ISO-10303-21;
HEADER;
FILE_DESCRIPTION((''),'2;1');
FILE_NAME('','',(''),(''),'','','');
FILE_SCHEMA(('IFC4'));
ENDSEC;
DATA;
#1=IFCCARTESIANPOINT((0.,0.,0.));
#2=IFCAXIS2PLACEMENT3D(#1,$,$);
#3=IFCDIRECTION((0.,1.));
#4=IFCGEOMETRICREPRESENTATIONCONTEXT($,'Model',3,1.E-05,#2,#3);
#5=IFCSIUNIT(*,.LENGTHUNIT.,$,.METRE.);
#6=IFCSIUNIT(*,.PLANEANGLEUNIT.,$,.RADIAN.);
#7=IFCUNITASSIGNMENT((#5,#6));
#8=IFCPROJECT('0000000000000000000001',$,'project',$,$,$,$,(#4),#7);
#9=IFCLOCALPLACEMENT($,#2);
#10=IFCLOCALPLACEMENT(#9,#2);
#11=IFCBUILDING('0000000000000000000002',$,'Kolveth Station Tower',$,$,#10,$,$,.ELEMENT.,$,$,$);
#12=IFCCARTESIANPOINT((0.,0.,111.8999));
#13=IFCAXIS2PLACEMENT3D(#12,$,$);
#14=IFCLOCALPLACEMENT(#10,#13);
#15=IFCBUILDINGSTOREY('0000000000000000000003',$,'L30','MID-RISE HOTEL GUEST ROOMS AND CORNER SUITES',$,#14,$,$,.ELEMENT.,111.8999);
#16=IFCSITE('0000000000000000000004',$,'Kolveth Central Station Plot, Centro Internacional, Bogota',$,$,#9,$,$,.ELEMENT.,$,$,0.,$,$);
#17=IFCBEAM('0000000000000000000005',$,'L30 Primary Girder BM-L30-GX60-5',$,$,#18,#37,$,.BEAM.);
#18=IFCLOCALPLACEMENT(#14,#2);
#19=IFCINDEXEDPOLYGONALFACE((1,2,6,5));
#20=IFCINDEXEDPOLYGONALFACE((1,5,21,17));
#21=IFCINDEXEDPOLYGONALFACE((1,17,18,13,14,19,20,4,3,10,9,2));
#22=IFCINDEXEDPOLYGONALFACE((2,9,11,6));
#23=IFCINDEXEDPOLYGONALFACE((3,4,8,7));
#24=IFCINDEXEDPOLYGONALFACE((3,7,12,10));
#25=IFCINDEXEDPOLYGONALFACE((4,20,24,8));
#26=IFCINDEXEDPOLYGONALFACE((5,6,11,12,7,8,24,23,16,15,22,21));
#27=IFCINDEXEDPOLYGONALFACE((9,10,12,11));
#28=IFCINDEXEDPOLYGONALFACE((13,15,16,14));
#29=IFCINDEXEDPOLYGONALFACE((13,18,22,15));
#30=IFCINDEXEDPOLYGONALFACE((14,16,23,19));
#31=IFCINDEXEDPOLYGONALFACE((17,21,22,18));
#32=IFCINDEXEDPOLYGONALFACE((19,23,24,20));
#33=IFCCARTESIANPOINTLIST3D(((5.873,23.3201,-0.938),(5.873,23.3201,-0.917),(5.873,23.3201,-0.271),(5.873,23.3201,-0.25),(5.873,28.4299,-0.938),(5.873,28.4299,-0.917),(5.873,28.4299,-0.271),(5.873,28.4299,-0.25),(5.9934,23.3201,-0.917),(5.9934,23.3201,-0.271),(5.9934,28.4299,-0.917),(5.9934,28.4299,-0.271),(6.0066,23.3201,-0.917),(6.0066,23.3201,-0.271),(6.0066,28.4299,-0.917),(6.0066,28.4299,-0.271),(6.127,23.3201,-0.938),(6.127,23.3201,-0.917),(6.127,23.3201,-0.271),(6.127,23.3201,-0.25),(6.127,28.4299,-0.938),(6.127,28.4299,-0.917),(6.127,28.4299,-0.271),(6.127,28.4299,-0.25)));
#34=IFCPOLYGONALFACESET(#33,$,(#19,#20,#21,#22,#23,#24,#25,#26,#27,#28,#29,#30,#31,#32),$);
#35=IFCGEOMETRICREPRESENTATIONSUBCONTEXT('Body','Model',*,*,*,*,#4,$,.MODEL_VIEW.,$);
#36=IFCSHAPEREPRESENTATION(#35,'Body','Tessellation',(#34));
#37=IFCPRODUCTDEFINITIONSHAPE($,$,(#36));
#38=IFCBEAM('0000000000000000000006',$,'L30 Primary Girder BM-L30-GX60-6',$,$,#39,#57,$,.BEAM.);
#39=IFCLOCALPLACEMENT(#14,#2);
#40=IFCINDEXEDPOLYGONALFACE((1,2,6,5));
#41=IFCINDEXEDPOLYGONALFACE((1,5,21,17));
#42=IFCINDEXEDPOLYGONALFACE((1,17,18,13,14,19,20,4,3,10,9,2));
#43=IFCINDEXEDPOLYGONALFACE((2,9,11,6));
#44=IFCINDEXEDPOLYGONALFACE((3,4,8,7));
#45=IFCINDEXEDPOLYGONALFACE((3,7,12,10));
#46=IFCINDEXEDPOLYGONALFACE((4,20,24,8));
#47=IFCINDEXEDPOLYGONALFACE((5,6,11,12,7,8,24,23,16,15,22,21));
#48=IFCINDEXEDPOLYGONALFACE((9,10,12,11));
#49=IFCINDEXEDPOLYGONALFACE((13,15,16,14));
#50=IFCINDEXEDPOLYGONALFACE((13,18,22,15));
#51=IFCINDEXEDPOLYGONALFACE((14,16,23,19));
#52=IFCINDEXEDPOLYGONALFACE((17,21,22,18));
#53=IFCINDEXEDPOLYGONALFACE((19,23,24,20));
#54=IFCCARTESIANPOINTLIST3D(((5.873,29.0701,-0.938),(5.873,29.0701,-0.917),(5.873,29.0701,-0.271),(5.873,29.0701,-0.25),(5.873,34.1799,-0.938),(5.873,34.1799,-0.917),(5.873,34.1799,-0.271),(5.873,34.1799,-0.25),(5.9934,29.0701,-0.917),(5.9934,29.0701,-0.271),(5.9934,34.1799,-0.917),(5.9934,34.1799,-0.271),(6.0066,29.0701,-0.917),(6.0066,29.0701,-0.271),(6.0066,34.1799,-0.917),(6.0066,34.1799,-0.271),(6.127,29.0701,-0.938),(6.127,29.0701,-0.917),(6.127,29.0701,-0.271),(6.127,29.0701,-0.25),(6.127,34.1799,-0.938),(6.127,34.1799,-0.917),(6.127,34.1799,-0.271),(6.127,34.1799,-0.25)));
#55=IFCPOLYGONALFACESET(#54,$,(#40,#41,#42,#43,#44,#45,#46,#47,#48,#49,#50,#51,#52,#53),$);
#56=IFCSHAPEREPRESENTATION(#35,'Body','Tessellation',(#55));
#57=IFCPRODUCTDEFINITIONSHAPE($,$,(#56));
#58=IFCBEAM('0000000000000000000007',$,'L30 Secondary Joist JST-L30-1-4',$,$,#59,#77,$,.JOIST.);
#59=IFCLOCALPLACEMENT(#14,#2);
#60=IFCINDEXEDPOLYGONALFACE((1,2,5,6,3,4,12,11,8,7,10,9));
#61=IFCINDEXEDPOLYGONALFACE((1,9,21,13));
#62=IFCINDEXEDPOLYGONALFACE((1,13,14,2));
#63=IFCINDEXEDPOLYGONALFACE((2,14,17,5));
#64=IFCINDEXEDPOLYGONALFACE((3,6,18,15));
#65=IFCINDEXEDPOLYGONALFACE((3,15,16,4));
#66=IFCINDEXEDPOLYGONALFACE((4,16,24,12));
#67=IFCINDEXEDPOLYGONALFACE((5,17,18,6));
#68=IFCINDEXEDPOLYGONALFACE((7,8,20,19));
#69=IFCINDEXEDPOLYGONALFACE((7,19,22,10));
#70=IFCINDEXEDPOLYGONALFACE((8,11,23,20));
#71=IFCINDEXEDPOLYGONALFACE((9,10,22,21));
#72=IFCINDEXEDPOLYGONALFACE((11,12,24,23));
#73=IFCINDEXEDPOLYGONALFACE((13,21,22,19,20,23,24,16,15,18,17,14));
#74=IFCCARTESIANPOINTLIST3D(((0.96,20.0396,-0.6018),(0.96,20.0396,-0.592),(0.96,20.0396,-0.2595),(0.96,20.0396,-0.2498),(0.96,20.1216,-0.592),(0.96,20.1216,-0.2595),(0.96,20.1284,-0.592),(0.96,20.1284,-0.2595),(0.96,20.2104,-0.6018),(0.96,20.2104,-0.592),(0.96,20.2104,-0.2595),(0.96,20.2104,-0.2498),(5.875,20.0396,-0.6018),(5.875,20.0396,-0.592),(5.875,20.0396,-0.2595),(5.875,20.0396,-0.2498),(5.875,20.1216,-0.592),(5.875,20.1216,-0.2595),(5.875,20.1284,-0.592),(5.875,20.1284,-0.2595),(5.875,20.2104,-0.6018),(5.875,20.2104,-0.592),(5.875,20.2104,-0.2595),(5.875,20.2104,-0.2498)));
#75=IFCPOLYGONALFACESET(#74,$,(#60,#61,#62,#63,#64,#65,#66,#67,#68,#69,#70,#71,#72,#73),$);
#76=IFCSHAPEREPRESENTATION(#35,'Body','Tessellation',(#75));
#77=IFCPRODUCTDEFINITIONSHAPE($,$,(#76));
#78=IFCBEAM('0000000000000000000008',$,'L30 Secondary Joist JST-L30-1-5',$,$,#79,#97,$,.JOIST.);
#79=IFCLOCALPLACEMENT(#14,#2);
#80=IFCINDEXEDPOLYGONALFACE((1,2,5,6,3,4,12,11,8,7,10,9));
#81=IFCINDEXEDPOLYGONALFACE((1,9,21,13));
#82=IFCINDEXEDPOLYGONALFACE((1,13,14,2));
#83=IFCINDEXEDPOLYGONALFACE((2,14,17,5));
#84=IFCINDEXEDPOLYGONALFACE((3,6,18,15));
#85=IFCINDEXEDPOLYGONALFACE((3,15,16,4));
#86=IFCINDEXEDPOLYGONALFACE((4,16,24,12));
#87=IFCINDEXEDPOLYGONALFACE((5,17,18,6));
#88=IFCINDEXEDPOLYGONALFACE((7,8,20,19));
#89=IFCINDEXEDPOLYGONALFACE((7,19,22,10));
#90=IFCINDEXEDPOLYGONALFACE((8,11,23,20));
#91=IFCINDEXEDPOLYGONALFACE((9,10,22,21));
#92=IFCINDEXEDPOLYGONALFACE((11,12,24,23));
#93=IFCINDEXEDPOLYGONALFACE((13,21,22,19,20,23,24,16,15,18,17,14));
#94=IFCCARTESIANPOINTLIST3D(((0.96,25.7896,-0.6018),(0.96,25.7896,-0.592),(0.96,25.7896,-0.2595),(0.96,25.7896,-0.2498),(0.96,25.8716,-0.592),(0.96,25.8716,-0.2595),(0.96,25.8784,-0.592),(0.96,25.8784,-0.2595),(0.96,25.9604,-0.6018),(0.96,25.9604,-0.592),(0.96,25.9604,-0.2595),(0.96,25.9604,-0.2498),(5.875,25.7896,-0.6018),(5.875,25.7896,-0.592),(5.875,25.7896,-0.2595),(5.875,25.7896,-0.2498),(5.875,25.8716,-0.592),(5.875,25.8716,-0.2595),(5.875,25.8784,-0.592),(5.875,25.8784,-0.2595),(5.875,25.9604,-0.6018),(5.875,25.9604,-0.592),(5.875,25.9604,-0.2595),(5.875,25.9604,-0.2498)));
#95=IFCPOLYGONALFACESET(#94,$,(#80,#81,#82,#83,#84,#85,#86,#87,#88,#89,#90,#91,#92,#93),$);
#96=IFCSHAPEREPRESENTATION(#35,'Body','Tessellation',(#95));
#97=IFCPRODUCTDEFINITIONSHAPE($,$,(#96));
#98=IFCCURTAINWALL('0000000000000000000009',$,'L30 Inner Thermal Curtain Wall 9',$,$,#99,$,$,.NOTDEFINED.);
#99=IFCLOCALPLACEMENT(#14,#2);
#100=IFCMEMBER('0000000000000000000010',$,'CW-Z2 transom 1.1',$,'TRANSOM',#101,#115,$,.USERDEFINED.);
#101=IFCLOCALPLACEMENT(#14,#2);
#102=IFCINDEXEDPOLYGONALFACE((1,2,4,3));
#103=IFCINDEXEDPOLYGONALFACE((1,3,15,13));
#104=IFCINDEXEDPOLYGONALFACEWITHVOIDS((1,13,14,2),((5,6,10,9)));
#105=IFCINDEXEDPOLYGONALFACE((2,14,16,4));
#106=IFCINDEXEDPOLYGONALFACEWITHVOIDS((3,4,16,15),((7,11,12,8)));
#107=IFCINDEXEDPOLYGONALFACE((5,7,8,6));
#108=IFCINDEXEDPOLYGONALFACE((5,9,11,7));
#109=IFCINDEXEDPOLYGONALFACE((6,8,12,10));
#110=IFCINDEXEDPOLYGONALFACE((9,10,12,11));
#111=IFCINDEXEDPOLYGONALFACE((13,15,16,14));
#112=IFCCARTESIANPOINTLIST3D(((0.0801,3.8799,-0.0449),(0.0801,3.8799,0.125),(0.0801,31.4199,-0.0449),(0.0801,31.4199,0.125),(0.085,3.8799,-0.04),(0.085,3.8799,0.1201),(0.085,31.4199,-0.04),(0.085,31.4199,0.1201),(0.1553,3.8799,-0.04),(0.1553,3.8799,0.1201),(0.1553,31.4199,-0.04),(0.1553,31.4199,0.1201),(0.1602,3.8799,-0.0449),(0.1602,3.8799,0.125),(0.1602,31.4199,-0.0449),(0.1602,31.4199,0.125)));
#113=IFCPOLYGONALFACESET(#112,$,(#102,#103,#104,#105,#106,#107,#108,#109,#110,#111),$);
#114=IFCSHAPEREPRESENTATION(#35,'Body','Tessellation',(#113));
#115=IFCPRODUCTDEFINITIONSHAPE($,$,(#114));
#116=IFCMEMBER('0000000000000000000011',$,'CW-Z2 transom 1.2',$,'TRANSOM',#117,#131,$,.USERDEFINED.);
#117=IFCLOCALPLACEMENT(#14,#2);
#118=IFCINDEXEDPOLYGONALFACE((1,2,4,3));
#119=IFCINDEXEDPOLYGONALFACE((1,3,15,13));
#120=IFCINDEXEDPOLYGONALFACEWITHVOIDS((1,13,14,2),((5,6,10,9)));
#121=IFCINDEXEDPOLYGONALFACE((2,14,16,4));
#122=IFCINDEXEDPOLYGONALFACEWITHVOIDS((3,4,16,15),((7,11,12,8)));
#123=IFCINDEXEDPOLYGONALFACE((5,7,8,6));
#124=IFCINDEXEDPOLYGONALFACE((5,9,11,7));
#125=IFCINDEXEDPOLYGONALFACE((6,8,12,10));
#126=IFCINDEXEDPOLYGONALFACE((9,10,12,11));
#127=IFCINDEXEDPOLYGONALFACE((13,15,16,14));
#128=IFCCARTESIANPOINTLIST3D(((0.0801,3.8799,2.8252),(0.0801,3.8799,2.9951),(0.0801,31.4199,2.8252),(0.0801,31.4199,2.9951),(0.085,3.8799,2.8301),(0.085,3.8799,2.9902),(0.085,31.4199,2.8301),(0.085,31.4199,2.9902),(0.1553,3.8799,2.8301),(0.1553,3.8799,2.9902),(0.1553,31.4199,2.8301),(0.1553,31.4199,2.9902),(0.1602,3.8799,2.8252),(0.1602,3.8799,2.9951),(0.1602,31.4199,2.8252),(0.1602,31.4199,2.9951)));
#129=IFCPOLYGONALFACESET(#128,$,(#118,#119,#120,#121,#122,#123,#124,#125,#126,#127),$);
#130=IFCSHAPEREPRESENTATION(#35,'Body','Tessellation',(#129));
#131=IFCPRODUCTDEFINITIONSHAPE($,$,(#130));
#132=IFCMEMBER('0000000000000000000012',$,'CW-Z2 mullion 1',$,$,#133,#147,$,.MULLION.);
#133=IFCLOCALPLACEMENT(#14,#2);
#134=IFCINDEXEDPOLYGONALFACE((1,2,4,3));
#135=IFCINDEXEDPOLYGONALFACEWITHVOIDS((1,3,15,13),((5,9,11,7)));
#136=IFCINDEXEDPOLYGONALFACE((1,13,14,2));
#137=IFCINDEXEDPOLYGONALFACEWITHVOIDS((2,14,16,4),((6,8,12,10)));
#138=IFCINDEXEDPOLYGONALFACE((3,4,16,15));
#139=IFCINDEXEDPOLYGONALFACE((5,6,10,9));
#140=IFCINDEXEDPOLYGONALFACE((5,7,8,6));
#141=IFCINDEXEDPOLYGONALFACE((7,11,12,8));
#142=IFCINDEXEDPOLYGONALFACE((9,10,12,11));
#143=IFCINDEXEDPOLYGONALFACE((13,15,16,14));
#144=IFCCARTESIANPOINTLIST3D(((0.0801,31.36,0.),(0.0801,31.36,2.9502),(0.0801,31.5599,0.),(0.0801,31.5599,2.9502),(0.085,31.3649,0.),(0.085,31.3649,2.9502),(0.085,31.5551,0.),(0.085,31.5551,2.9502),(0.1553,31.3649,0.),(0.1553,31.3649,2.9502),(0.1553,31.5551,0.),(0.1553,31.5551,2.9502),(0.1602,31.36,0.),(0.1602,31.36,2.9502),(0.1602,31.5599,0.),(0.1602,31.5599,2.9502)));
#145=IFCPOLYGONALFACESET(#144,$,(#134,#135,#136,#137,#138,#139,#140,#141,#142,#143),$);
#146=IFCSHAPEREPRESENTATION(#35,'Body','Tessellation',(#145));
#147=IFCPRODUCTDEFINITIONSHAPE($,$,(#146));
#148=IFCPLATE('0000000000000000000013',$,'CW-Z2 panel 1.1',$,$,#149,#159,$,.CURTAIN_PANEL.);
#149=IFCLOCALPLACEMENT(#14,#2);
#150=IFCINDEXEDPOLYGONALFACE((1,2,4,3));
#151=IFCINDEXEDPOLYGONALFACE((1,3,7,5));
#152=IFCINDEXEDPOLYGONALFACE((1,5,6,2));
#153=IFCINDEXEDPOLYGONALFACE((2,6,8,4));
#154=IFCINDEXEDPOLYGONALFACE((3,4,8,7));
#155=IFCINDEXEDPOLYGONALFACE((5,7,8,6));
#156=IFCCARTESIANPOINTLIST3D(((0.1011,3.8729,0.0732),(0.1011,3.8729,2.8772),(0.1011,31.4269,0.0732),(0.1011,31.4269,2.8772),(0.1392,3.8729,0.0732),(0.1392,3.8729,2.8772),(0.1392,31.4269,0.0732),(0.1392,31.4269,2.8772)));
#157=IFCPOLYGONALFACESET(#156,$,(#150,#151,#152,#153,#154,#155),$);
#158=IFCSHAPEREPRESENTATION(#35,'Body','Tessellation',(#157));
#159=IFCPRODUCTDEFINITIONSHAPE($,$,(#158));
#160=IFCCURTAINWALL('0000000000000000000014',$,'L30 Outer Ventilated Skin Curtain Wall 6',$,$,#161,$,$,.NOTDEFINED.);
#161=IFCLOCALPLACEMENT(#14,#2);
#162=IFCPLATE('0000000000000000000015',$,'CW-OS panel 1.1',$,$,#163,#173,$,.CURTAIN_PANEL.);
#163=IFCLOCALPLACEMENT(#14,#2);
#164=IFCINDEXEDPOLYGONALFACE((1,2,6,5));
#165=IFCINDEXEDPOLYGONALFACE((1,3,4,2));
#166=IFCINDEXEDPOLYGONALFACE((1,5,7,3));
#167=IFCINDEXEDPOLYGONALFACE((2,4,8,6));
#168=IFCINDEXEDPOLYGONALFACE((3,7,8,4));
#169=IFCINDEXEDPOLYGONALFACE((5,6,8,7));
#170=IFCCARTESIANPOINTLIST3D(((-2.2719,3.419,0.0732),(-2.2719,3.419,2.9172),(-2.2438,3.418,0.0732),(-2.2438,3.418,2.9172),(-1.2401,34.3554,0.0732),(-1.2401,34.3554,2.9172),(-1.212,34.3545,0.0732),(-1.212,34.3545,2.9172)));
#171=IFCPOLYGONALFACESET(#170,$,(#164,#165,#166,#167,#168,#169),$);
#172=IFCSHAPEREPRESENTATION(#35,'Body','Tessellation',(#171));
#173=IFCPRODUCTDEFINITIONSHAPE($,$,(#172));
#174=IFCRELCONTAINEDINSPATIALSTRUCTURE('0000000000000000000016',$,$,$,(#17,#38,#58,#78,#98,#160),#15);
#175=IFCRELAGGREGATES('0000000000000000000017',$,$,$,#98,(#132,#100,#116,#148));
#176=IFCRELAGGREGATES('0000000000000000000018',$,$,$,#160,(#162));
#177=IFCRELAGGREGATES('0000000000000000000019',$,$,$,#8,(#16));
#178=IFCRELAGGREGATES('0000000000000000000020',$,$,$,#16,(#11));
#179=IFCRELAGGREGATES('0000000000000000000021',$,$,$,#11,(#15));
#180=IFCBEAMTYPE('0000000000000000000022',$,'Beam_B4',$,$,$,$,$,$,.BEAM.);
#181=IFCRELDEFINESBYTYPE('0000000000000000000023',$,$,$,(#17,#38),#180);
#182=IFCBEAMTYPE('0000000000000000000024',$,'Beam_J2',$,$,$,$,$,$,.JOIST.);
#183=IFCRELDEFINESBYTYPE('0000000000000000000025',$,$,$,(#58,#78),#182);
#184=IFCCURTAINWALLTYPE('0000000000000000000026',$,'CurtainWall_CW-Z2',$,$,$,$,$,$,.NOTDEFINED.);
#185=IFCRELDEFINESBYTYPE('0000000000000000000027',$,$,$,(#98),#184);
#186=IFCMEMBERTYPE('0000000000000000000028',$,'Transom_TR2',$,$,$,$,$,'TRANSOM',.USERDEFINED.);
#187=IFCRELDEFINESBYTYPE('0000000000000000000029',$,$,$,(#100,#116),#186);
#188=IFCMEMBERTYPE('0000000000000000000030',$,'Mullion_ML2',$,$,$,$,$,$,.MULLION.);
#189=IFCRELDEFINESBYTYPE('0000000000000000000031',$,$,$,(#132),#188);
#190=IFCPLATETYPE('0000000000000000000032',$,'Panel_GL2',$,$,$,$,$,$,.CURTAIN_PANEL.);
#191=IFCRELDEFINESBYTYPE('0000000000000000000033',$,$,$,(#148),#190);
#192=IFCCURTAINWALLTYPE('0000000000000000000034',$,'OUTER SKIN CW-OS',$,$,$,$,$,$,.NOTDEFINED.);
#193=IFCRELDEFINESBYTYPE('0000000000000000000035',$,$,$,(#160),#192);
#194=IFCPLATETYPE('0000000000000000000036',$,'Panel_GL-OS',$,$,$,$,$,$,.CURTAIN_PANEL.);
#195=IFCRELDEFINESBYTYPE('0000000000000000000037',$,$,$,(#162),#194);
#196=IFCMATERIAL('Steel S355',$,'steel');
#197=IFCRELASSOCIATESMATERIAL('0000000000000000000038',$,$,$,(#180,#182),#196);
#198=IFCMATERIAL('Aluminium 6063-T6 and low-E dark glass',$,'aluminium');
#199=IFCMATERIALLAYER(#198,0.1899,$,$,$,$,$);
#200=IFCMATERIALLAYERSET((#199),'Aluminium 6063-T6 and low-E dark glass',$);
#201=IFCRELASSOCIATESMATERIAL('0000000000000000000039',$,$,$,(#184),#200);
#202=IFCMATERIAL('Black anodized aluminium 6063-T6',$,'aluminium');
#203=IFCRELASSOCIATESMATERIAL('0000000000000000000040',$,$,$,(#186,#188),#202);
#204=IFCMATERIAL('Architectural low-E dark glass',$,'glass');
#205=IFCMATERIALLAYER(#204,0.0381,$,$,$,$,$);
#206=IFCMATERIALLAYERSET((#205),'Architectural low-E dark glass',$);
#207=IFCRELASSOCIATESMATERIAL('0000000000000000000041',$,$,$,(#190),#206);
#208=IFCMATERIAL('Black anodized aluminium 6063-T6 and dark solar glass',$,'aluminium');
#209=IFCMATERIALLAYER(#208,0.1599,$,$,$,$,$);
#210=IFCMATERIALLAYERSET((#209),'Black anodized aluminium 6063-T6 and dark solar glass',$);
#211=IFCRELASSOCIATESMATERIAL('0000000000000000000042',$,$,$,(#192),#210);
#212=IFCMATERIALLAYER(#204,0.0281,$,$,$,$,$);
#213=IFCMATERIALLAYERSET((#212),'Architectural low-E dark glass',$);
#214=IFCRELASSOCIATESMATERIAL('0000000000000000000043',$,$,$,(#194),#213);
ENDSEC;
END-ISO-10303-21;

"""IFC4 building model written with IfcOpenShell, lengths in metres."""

from ifc_helpers import new_model, si_unit, direction, frame, origin, origin_2d, place, context, subcontext, project, spatial, rectangle, hollow_rectangle, i_section, extrude, source, transform, mapped, material, layer, layer_set, material_profile, profile_set, type_object, element, aggregate, save


model = new_model("IFC4")

# Units and contexts
model_context = context("Model", 3, precision=1e-05, world=origin(), true_north=direction((0.0, 1.0)))
body_context = subcontext(model_context, "Body", "Model", "MODEL_VIEW")
ifc_project = project(units=[si_unit("LENGTHUNIT", "METRE"), si_unit("PLANEANGLEUNIT", "RADIAN")], contexts=[model_context])

# Site, building, storey
site_placement = place(None, origin())
site = spatial("IfcSite", under=ifc_project, at=site_placement, Name="Kolveth Central Station Plot, Centro Internacional, Bogota", CompositionType="ELEMENT", RefElevation=0.0)
building_placement = place(site_placement, origin())
building = spatial("IfcBuilding", under=site, at=building_placement, Name="Kolveth Station Tower", CompositionType="ELEMENT")
storey_placement = place(building_placement, frame((0.0, 0.0, 111.8999)))
storey = spatial("IfcBuildingStorey", under=building, at=storey_placement, Name="L30", Description="MID-RISE HOTEL GUEST ROOMS AND CORNER SUITES", CompositionType="ELEMENT", Elevation=111.8999)

# Beams
ifc_material_1 = material(Name="Steel S355", Category="steel")
ifc_material_profile_1 = material_profile(ifc_material_1, i_section(OverallWidth=0.2539, OverallDepth=0.688, WebThickness=0.0132, FlangeThickness=0.021, at=origin_2d()), Name="W690x152")
ifc_profile_set_1 = profile_set([ifc_material_profile_1], Name="Steel S355")
beam_type_1 = type_object("IfcBeamType", Name="Beam_B4", PredefinedType="BEAM", material=ifc_profile_set_1)
shared_shape_1 = source(origin(), body_context, "Body", "SweptSolid", [
    extrude(i_section(OverallWidth=0.2539, OverallDepth=0.688, WebThickness=0.0132, FlangeThickness=0.021, at=origin_2d()), origin(), (0.0, 0.0, 1.0), 5.1099),
])
for number, where, z_axis, x_axis, name in (
    (1, (6.0, 23.3201, -0.594), (0.0, 1.0, 0.0), (-1.0, 0.0, 0.0), "L30 Primary Girder BM-L30-GX60-5"),
    (2, (6.0, 29.0701, -0.594), (0.0, 1.0, 0.0), (-1.0, 0.0, 0.0), "L30 Primary Girder BM-L30-GX60-6"),
):
    element("IfcBeam", number, at=place(storey_placement, frame(where, z_axis=z_axis, x_axis=x_axis)), inside=storey, type_object=beam_type_1, Name=name, PredefinedType="BEAM", context=body_context, shape_type="MappedRepresentation", body=[
        mapped(shared_shape_1, transform((0.0, 0.0, 0.0), x_axis=(1.0, 0.0, 0.0), y_axis=(0.0, 1.0, 0.0), z_axis=(0.0, 0.0, 1.0), scale=1.0)),
    ])
ifc_material_profile_2 = material_profile(ifc_material_1, i_section(OverallWidth=0.1709, OverallDepth=0.3521, WebThickness=0.0068, FlangeThickness=0.0098, at=origin_2d()), Name="W360x44")
ifc_profile_set_2 = profile_set([ifc_material_profile_2], Name="Steel S355")
beam_type_2 = type_object("IfcBeamType", Name="Beam_J2", PredefinedType="JOIST", material=ifc_profile_set_2)
shared_shape_2 = source(origin(), body_context, "Body", "SweptSolid", [
    extrude(i_section(OverallWidth=0.1709, OverallDepth=0.3521, WebThickness=0.0068, FlangeThickness=0.0098, at=origin_2d()), origin(), (0.0, 0.0, 1.0), 4.915),
])
for number, where, z_axis, x_axis, name in (
    (3, (0.96, 20.125, -0.4258), (1.0, 0.0, 0.0), (0.0, 1.0, 0.0), "L30 Secondary Joist JST-L30-1-4"),
    (4, (0.96, 25.875, -0.4258), (1.0, 0.0, 0.0), (0.0, 1.0, 0.0), "L30 Secondary Joist JST-L30-1-5"),
):
    element("IfcBeam", number, at=place(storey_placement, frame(where, z_axis=z_axis, x_axis=x_axis)), inside=storey, type_object=beam_type_2, Name=name, PredefinedType="JOIST", context=body_context, shape_type="MappedRepresentation", body=[
        mapped(shared_shape_2, transform((0.0, 0.0, 0.0), x_axis=(1.0, 0.0, 0.0), y_axis=(0.0, 1.0, 0.0), z_axis=(0.0, 0.0, 1.0), scale=1.0)),
    ])

# Curtain wall, members, plate
ifc_material_2 = material(Name="Aluminium 6063-T6 and low-E dark glass", Category="aluminium")
ifc_layer_1 = layer(ifc_material_2, 0.1899)
ifc_layer_set_1 = layer_set([ifc_layer_1], Name="Aluminium 6063-T6 and low-E dark glass")
curtain_wall_type_1 = type_object("IfcCurtainWallType", Name="CurtainWall_CW-Z2", PredefinedType="NOTDEFINED", material=ifc_layer_set_1)
curtain_wall_1_placement = place(storey_placement, origin())
curtain_wall_1 = element("IfcCurtainWall", 5, at=curtain_wall_1_placement, inside=storey, type_object=curtain_wall_type_1, Name="L30 Inner Thermal Curtain Wall 9", PredefinedType="NOTDEFINED")
ifc_material_3 = material(Name="Black anodized aluminium 6063-T6", Category="aluminium")
ifc_material_profile_3 = material_profile(ifc_material_3, hollow_rectangle(XDim=0.0801, YDim=0.1699, WallThickness=0.0049, at=origin_2d()), Name="ALU-80x170x5")
ifc_profile_set_3 = profile_set([ifc_material_profile_3], Name="Black anodized aluminium 6063-T6")
member_type_1 = type_object("IfcMemberType", Name="Transom_TR2", ElementType="TRANSOM", PredefinedType="USERDEFINED", material=ifc_profile_set_3)
shared_shape_3 = source(origin(), body_context, "Body", "SweptSolid", [
    extrude(hollow_rectangle(XDim=0.0801, YDim=0.1699, WallThickness=0.0049, at=origin_2d()), origin(), (0.0, 0.0, 1.0), 27.54),
])
member_1_placement = place(storey_placement, frame((0.1201, 31.4199, 0.04), z_axis=(0.0, -1.0, 0.0), x_axis=(1.0, 0.0, 0.0)))
member_1 = element("IfcMember", 6, at=member_1_placement, type_object=member_type_1, Name="CW-Z2 transom 1.1", ObjectType="TRANSOM", PredefinedType="USERDEFINED", context=body_context, shape_type="MappedRepresentation", body=[
    mapped(shared_shape_3, transform((0.0, 0.0, 0.0), x_axis=(1.0, 0.0, 0.0), y_axis=(0.0, 1.0, 0.0), z_axis=(0.0, 0.0, 1.0), scale=1.0)),
])
member_2_placement = place(storey_placement, frame((0.1201, 31.4199, 2.9102), z_axis=(0.0, -1.0, 0.0), x_axis=(1.0, 0.0, 0.0)))
member_2 = element("IfcMember", 7, at=member_2_placement, type_object=member_type_1, Name="CW-Z2 transom 1.2", ObjectType="TRANSOM", PredefinedType="USERDEFINED", context=body_context, shape_type="MappedRepresentation", body=[
    mapped(shared_shape_3, transform((0.0, 0.0, 0.0), x_axis=(1.0, 0.0, 0.0), y_axis=(0.0, 1.0, 0.0), z_axis=(0.0, 0.0, 1.0), scale=1.0)),
])
ifc_material_profile_4 = material_profile(ifc_material_3, hollow_rectangle(XDim=0.0801, YDim=0.2, WallThickness=0.0049, at=origin_2d()), Name="ALU-80x200x5")
ifc_profile_set_4 = profile_set([ifc_material_profile_4], Name="Black anodized aluminium 6063-T6")
member_type_2 = type_object("IfcMemberType", Name="Mullion_ML2", PredefinedType="MULLION", material=ifc_profile_set_4)
shared_shape_4 = source(origin(), body_context, "Body", "SweptSolid", [
    extrude(hollow_rectangle(XDim=0.0801, YDim=0.2, WallThickness=0.0049, at=origin_2d()), origin(), (0.0, 0.0, 1.0), 2.9502),
])
member_3_placement = place(storey_placement, frame((0.1201, 31.46, 0.0), z_axis=(0.0, 0.0, 1.0), x_axis=(1.0, 0.0, 0.0)))
member_3 = element("IfcMember", 8, at=member_3_placement, type_object=member_type_2, Name="CW-Z2 mullion 1", PredefinedType="MULLION", context=body_context, shape_type="MappedRepresentation", body=[
    mapped(shared_shape_4, transform((0.0, 0.0, 0.0), x_axis=(1.0, 0.0, 0.0), y_axis=(0.0, 1.0, 0.0), z_axis=(0.0, 0.0, 1.0), scale=1.0)),
])
ifc_material_4 = material(Name="Architectural low-E dark glass", Category="glass")
ifc_layer_2 = layer(ifc_material_4, 0.0381)
ifc_layer_set_2 = layer_set([ifc_layer_2], Name="Architectural low-E dark glass")
plate_type_1 = type_object("IfcPlateType", Name="Panel_GL2", PredefinedType="CURTAIN_PANEL", material=ifc_layer_set_2)
shared_shape_5 = source(origin(), body_context, "Body", "SweptSolid", [
    extrude(rectangle(XDim=27.554, YDim=0.0381, at=origin_2d()), origin(), (0.0, 0.0, 1.0), 2.804),
])
plate_1_placement = place(storey_placement, frame((0.1201, 17.6499, 0.0732), z_axis=(0.0, 0.0, 1.0), x_axis=(0.0, -1.0, 0.0)))
plate_1 = element("IfcPlate", 9, at=plate_1_placement, type_object=plate_type_1, Name="CW-Z2 panel 1.1", PredefinedType="CURTAIN_PANEL", context=body_context, shape_type="MappedRepresentation", body=[
    mapped(shared_shape_5, transform((0.0, 0.0, 0.0), x_axis=(1.0, 0.0, 0.0), y_axis=(0.0, 1.0, 0.0), z_axis=(0.0, 0.0, 1.0), scale=1.0)),
])
aggregate(curtain_wall_1, [member_3, member_1, member_2, plate_1])

# Curtain wall, plate
ifc_material_5 = material(Name="Black anodized aluminium 6063-T6 and dark solar glass", Category="aluminium")
ifc_layer_3 = layer(ifc_material_5, 0.1599)
ifc_layer_set_3 = layer_set([ifc_layer_3], Name="Black anodized aluminium 6063-T6 and dark solar glass")
curtain_wall_type_2 = type_object("IfcCurtainWallType", Name="OUTER SKIN CW-OS", PredefinedType="NOTDEFINED", material=ifc_layer_set_3)
curtain_wall_2_placement = place(storey_placement, origin())
curtain_wall_2 = element("IfcCurtainWall", 10, at=curtain_wall_2_placement, inside=storey, type_object=curtain_wall_type_2, Name="L30 Outer Ventilated Skin Curtain Wall 6", PredefinedType="NOTDEFINED")
ifc_layer_4 = layer(ifc_material_4, 0.0281)
ifc_layer_set_4 = layer_set([ifc_layer_4], Name="Architectural low-E dark glass")
plate_type_2 = type_object("IfcPlateType", Name="Panel_GL-OS", PredefinedType="CURTAIN_PANEL", material=ifc_layer_set_4)
shared_shape_6 = source(origin(), body_context, "Body", "SweptSolid", [
    extrude(rectangle(XDim=30.9536, YDim=0.0281, at=origin_2d()), origin(), (0.0, 0.0, 1.0), 2.844),
])
plate_2_placement = place(storey_placement, frame((-1.7419, 18.8867, 0.0732), z_axis=(0.0, 0.0, 1.0), x_axis=(-0.033333, -0.999444, 0.0)))
plate_2 = element("IfcPlate", 11, at=plate_2_placement, type_object=plate_type_2, Name="CW-OS panel 1.1", PredefinedType="CURTAIN_PANEL", context=body_context, shape_type="MappedRepresentation", body=[
    mapped(shared_shape_6, transform((0.0, 0.0, 0.0), x_axis=(1.0, 0.0, 0.0), y_axis=(0.0, 1.0, 0.0), z_axis=(0.0, 0.0, 1.0), scale=1.0)),
])
aggregate(curtain_wall_2, [plate_2])

save(model, "model.ifc")
